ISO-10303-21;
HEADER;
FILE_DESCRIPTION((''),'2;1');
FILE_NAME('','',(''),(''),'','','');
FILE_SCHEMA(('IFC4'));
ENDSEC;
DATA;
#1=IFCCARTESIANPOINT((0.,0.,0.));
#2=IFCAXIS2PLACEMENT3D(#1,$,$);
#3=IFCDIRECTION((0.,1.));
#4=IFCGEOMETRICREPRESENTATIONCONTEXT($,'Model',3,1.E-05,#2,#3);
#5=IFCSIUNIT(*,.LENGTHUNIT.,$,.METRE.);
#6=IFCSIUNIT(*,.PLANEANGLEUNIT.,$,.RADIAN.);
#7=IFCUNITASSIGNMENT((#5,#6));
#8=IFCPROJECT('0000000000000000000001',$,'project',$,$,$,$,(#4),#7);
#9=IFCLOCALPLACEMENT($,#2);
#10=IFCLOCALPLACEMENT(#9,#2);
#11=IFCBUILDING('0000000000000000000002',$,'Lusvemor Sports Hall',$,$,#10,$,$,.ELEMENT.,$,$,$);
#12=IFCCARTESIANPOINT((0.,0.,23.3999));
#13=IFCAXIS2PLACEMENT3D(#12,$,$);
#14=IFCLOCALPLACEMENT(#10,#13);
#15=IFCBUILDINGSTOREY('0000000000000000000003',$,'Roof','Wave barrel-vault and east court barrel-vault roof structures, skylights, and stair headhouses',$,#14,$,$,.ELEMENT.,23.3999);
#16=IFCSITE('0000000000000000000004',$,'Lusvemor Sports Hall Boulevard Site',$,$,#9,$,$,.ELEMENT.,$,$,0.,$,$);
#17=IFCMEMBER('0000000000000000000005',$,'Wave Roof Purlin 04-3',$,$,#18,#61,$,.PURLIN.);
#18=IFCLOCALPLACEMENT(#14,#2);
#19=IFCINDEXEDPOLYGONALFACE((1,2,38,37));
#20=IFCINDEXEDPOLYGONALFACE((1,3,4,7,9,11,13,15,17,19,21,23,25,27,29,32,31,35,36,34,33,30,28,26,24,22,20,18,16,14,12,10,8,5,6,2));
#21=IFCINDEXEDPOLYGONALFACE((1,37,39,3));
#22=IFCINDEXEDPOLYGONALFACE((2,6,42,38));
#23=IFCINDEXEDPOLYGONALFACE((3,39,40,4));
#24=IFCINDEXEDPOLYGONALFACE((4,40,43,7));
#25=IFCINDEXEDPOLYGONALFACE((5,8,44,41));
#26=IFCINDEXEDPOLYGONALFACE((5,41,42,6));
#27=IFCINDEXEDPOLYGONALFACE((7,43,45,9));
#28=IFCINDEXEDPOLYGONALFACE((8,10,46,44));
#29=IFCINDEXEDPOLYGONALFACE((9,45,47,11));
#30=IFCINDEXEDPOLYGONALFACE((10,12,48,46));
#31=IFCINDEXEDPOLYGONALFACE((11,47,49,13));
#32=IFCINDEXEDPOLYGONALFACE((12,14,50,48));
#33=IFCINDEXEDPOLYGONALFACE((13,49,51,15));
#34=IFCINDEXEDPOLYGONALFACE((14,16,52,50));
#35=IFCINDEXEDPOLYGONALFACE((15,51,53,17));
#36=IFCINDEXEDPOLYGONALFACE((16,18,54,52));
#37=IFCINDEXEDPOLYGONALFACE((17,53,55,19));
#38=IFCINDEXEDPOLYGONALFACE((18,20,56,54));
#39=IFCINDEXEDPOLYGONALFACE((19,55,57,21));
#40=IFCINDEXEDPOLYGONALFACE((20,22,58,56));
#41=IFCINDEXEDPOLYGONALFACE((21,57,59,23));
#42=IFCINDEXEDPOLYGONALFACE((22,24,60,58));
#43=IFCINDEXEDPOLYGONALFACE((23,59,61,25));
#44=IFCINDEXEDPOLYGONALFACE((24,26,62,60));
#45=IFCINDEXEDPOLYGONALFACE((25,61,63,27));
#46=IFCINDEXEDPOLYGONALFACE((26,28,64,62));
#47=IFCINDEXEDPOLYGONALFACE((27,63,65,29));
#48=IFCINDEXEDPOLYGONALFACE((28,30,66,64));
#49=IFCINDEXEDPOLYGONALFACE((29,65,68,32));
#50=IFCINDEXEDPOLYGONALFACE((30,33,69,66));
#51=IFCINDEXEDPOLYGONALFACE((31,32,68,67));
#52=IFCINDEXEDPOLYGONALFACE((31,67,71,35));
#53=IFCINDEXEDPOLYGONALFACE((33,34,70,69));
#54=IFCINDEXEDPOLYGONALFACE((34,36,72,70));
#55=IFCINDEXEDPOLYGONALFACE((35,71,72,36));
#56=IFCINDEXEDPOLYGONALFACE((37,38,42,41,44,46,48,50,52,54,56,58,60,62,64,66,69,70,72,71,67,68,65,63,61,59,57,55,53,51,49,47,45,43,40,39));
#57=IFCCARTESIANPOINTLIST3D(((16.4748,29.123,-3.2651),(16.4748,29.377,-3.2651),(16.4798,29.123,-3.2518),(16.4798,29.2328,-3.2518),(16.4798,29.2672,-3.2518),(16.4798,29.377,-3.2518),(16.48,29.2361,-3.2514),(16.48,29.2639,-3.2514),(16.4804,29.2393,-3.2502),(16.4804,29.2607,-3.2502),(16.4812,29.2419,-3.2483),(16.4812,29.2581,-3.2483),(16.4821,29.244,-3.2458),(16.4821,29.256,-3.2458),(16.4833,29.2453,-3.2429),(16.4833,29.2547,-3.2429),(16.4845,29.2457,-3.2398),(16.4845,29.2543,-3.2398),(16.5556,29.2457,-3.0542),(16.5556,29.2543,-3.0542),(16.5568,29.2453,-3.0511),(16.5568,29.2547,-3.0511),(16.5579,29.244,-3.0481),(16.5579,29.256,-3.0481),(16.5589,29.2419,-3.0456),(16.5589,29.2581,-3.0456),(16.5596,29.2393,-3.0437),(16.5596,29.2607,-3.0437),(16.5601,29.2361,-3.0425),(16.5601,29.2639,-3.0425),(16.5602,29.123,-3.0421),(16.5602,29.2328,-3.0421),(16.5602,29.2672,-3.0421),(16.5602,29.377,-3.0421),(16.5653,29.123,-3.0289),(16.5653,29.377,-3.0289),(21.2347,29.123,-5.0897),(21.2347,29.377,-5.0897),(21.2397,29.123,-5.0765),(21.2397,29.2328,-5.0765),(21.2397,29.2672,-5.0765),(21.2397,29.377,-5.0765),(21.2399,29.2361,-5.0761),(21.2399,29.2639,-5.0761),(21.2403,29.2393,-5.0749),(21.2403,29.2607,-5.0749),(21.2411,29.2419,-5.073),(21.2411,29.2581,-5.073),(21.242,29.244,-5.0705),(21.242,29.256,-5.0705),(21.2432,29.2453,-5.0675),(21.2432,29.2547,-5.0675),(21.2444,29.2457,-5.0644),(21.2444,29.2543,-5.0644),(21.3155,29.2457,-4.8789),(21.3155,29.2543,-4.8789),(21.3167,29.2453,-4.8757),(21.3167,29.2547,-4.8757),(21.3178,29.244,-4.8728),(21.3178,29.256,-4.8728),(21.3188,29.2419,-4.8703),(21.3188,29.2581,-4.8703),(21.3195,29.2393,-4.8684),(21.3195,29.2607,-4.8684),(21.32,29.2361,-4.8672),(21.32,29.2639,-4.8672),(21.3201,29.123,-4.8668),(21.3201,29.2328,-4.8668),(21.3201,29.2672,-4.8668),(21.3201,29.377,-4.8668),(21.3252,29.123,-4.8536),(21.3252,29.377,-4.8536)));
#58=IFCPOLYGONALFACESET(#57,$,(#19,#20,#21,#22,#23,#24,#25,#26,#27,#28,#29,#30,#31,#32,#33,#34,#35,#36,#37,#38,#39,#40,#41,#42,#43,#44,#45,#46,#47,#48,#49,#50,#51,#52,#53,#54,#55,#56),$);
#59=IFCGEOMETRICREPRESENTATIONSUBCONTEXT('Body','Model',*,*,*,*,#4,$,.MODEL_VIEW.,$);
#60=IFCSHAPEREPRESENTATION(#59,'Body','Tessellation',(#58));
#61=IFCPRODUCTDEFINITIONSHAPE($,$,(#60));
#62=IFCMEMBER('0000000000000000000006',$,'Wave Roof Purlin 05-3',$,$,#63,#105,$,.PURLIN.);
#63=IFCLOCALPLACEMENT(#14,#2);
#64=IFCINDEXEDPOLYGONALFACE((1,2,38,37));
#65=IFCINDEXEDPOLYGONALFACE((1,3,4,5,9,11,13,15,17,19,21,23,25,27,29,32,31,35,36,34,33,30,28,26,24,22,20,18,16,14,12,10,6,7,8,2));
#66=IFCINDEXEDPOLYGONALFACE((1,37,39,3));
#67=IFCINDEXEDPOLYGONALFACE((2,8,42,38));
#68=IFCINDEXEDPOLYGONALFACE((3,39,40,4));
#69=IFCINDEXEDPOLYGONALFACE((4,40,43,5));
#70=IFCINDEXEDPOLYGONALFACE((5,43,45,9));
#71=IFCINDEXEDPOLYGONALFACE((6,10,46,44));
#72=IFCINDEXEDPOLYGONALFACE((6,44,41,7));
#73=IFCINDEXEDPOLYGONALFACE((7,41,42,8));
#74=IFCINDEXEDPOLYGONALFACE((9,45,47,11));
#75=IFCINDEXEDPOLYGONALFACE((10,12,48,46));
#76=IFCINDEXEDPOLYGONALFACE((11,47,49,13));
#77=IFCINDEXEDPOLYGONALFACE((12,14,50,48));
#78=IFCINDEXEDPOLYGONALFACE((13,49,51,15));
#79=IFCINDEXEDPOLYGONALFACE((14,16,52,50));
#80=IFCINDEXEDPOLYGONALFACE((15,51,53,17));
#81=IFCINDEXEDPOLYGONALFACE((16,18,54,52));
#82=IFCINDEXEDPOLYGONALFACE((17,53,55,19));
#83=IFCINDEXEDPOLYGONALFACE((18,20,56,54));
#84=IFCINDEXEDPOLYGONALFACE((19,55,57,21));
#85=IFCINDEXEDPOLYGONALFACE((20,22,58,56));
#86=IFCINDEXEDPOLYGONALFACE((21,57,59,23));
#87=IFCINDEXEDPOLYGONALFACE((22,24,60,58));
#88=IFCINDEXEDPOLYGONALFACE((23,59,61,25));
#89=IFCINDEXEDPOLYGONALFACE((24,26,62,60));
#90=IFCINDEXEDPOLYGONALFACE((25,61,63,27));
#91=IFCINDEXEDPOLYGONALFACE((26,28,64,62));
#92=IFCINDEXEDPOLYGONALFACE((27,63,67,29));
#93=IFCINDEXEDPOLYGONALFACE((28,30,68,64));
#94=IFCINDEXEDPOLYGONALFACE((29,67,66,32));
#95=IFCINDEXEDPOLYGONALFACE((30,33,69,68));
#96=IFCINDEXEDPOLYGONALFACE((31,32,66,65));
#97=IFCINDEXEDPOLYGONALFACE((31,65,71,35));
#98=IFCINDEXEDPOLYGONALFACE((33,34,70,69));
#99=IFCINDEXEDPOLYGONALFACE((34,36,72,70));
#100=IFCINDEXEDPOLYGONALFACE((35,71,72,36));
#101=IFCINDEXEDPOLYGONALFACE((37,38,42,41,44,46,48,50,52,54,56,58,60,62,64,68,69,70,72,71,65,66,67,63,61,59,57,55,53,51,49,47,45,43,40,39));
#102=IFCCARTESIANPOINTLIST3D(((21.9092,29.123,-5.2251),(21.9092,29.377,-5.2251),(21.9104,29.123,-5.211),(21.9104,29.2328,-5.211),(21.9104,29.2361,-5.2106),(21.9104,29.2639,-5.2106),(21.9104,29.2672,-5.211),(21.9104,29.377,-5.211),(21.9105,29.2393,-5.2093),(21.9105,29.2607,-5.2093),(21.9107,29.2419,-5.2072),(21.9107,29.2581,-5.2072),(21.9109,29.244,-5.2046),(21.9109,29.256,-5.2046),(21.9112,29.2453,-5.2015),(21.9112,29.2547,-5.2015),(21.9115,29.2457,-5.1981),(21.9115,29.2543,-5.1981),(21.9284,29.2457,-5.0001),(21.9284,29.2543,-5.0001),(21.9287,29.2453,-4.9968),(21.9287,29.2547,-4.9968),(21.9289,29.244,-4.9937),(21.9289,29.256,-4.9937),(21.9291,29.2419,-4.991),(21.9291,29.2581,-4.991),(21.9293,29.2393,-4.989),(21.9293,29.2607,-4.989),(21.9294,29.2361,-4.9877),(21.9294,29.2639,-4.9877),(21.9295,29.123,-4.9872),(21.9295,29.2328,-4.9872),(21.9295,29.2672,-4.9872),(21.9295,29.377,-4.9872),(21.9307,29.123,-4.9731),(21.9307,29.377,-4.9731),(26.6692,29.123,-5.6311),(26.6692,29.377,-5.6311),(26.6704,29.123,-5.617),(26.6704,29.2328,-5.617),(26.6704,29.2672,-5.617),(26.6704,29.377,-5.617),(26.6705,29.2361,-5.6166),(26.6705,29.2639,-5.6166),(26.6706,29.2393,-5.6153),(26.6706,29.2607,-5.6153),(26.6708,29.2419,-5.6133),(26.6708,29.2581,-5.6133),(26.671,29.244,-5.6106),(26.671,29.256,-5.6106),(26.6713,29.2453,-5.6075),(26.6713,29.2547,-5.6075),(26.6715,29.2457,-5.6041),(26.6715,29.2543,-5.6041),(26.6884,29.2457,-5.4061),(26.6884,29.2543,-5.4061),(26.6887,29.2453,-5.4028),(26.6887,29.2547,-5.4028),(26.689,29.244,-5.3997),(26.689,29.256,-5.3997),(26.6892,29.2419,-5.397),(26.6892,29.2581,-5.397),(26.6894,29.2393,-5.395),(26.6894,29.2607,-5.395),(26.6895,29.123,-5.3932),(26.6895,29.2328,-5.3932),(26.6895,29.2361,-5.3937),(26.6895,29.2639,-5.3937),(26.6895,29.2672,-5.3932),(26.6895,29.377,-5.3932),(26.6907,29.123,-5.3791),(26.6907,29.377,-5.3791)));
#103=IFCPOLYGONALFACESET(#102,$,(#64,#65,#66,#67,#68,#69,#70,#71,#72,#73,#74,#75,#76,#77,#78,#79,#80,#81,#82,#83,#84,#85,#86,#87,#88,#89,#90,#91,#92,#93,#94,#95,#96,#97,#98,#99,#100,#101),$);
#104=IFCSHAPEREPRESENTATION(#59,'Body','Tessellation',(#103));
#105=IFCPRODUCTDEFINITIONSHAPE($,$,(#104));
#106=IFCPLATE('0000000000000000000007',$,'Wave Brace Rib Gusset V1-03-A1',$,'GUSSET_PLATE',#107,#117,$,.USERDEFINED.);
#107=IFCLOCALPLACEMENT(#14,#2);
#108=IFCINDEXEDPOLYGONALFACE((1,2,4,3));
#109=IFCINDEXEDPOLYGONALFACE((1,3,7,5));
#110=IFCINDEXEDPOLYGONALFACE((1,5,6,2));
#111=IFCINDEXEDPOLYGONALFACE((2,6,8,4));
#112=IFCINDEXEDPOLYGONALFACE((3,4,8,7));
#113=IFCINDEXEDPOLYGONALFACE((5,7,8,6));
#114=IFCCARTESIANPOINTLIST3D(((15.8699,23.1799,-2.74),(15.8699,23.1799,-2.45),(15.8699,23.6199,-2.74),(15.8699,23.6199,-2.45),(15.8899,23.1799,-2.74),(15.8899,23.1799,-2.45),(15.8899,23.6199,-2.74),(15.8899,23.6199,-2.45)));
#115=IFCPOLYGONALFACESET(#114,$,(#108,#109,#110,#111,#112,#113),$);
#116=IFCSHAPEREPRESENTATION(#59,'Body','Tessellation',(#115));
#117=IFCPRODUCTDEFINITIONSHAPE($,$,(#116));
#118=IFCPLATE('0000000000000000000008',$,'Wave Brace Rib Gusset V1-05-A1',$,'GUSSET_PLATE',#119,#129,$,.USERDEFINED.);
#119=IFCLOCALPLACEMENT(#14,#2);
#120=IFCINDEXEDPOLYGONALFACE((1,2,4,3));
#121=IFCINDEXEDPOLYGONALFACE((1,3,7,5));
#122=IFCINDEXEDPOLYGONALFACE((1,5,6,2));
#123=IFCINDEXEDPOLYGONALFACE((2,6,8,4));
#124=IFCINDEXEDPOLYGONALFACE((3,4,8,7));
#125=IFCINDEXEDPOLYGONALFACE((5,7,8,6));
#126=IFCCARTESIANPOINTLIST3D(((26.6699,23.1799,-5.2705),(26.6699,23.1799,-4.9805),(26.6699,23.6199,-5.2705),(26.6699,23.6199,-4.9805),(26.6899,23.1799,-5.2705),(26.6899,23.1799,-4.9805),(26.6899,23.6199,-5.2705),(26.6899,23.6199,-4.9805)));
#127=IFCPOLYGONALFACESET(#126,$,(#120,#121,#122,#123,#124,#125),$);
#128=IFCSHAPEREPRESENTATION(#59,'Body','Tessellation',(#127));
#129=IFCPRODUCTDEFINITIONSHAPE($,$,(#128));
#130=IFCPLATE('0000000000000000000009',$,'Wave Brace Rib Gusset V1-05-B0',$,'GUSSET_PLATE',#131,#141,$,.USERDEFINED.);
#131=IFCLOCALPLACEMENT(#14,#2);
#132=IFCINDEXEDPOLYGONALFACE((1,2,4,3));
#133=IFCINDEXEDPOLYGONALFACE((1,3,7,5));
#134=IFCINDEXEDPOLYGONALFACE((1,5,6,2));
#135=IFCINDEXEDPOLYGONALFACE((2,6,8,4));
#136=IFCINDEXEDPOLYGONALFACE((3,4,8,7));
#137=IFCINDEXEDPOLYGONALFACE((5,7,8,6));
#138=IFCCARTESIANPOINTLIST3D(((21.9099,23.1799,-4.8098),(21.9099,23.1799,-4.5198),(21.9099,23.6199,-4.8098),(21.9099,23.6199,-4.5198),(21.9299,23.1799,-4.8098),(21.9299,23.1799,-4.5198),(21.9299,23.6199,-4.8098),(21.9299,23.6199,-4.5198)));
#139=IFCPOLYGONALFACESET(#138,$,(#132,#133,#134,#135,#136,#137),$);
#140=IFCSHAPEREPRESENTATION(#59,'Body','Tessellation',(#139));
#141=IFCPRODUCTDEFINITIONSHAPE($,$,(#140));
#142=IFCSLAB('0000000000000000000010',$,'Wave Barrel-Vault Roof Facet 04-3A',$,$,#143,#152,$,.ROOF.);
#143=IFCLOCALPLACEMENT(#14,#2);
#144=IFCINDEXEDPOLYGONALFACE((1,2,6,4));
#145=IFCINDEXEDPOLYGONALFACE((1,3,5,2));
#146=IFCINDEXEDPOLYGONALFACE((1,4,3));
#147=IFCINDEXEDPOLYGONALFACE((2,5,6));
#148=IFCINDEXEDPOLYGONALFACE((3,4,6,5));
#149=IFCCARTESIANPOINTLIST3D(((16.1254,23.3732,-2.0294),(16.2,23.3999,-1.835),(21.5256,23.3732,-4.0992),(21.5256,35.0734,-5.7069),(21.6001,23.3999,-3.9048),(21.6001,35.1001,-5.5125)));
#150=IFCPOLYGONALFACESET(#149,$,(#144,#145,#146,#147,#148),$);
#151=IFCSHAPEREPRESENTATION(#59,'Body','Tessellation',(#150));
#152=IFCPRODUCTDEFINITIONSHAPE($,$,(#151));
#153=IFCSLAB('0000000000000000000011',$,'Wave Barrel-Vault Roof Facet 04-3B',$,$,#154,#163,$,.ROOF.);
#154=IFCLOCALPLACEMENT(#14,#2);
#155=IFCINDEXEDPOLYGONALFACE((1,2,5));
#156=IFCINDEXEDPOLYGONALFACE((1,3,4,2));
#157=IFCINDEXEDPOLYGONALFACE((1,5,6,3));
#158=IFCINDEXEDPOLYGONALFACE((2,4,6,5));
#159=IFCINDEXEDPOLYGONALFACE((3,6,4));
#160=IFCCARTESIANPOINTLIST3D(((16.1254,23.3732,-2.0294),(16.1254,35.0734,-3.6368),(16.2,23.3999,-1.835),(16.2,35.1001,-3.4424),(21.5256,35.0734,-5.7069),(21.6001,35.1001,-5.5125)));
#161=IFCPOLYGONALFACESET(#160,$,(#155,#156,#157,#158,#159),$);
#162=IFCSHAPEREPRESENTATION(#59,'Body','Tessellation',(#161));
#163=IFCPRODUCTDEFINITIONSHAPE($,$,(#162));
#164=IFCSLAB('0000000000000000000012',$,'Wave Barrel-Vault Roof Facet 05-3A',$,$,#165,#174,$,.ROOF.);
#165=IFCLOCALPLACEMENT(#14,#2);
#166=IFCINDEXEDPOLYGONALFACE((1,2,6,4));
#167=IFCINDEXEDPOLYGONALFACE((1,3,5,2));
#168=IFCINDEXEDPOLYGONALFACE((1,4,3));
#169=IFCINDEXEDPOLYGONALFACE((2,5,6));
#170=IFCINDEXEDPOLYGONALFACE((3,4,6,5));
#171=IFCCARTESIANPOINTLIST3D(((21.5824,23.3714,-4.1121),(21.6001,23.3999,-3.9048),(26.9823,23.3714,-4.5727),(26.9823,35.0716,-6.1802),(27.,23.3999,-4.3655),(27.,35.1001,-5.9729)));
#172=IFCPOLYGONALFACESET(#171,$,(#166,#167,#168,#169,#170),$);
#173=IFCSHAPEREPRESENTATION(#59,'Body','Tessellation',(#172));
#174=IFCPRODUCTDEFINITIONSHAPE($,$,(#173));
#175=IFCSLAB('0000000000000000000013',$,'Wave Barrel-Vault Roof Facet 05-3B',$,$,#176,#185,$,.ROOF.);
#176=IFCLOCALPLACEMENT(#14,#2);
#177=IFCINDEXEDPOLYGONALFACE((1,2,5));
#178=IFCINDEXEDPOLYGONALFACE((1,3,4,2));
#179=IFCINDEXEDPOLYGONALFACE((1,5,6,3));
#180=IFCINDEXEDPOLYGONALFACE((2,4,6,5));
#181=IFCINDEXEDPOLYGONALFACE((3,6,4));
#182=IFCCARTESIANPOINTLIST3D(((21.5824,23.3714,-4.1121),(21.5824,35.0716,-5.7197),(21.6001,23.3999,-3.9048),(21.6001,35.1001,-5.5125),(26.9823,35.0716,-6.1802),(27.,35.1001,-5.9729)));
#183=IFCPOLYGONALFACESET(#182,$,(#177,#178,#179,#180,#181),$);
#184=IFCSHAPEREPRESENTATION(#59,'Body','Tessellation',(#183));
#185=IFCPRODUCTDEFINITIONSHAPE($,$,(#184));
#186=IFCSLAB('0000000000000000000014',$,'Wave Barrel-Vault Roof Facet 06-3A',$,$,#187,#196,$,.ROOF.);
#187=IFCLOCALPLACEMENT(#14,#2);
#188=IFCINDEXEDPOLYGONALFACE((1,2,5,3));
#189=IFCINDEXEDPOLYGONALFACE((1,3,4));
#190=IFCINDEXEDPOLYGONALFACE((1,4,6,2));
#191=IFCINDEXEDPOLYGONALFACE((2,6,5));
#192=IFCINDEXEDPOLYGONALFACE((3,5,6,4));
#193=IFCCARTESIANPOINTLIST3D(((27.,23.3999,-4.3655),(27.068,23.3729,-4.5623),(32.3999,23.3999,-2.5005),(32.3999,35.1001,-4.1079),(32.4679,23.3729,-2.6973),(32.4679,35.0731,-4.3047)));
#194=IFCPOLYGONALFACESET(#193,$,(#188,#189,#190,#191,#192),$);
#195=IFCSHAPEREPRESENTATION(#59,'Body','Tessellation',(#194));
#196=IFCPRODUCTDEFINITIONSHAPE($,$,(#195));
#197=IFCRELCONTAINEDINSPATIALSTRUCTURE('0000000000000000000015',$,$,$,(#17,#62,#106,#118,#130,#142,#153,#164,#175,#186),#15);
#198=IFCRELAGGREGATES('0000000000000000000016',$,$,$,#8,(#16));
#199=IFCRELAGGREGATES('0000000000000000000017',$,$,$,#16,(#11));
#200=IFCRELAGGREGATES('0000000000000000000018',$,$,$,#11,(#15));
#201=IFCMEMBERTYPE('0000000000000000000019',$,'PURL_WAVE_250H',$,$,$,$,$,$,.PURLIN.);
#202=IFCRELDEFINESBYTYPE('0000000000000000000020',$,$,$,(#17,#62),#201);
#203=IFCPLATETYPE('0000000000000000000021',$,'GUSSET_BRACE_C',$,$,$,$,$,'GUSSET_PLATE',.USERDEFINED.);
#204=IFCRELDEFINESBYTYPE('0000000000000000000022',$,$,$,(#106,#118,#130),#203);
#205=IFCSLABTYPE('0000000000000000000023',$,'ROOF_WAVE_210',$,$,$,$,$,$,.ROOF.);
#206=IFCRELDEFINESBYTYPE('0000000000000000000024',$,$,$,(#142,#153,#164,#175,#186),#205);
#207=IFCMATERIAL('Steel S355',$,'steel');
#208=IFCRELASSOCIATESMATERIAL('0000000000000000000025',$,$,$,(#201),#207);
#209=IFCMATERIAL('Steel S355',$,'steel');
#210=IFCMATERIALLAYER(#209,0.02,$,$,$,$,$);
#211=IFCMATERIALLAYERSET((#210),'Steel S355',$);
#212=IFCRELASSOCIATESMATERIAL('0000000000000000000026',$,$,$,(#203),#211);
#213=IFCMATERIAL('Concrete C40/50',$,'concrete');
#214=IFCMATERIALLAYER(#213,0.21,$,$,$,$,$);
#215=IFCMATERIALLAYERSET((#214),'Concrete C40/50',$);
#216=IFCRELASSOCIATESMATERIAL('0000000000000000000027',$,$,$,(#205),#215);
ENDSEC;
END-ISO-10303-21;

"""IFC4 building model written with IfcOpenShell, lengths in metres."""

from ifc_helpers import new_model, si_unit, direction, frame, origin, origin_2d, place, context, subcontext, project, spatial, polyline, rectangle, i_section, outline, extrude, material, layer, layer_set, material_profile, profile_set, type_object, element, save


model = new_model("IFC4")

# Units and contexts
model_context = context("Model", 3, precision=1e-05, world=origin(), true_north=direction((0.0, 1.0)))
body_context = subcontext(model_context, "Body", "Model", "MODEL_VIEW")
ifc_project = project(units=[si_unit("LENGTHUNIT", "METRE"), si_unit("PLANEANGLEUNIT", "RADIAN")], contexts=[model_context])

# Site, building, storey
site_placement = place(None, origin())
site = spatial("IfcSite", under=ifc_project, at=site_placement, Name="Lusvemor Sports Hall Boulevard Site", CompositionType="ELEMENT", RefElevation=0.0)
building_placement = place(site_placement, origin())
building = spatial("IfcBuilding", under=site, at=building_placement, Name="Lusvemor Sports Hall", CompositionType="ELEMENT")
storey_placement = place(building_placement, frame((0.0, 0.0, 23.3999)))
storey = spatial("IfcBuildingStorey", under=building, at=storey_placement, Name="Roof", Description="Wave barrel-vault and east court barrel-vault roof structures, skylights, and stair headhouses", CompositionType="ELEMENT", Elevation=23.3999)

# Members
ifc_material_1 = material(Name="Steel S355", Category="steel")
ifc_material_profile_1 = material_profile(ifc_material_1, i_section(OverallWidth=0.2539, OverallDepth=0.2529, WebThickness=0.0085, FlangeThickness=0.0142, FilletRadius=0.0129, at=origin_2d()), Name="W250x73.0")
ifc_profile_set_1 = profile_set([ifc_material_profile_1], Name="Steel S355")
member_type_1 = type_object("IfcMemberType", Name="PURL_WAVE_250H", PredefinedType="PURLIN", material=ifc_profile_set_1)
member_1_placement = place(storey_placement, frame((16.52, 29.25, -3.147), z_axis=(0.933744, 0.0, -0.357942), x_axis=(0.0, 1.0, 0.0)))
element("IfcMember", 1, at=member_1_placement, inside=storey, type_object=member_type_1, Name="Wave Roof Purlin 04-3", PredefinedType="PURLIN", context=body_context, shape_type="SweptSolid", body=[
    extrude(i_section(OverallWidth=0.2539, OverallDepth=0.2529, WebThickness=0.0085, FlangeThickness=0.0142, FilletRadius=0.0129, at=origin_2d()), origin(), (0.0, 0.0, 1.0), 5.0977),
])
member_2_placement = place(storey_placement, frame((21.9199, 29.25, -5.0991), z_axis=(0.996382, 0.0, -0.084987), x_axis=(0.0, 1.0, 0.0)))
element("IfcMember", 2, at=member_2_placement, inside=storey, type_object=member_type_1, Name="Wave Roof Purlin 05-3", PredefinedType="PURLIN", context=body_context, shape_type="SweptSolid", body=[
    extrude(i_section(OverallWidth=0.2539, OverallDepth=0.2529, WebThickness=0.0085, FlangeThickness=0.0142, FilletRadius=0.0129, at=origin_2d()), origin(), (0.0, 0.0, 1.0), 4.7773),
])

# Plates
ifc_material_2 = material(Name="Steel S355", Category="steel")
ifc_layer_1 = layer(ifc_material_2, 0.02)
ifc_layer_set_1 = layer_set([ifc_layer_1], Name="Steel S355")
plate_type = type_object("IfcPlateType", Name="GUSSET_BRACE_C", ElementType="GUSSET_PLATE", PredefinedType="USERDEFINED", material=ifc_layer_set_1)
for number, where, z_axis, x_axis, name in (
    (3, (15.8799, 23.3999, -2.74), (0.0, 0.0, 1.0), (1.0, 0.0, 0.0), "Wave Brace Rib Gusset V1-03-A1"),
    (4, (26.6799, 23.3999, -5.2705), (0.0, 0.0, 1.0), (1.0, 0.0, 0.0), "Wave Brace Rib Gusset V1-05-A1"),
    (5, (21.9199, 23.3999, -4.8098), (0.0, 0.0, 1.0), (1.0, 0.0, 0.0), "Wave Brace Rib Gusset V1-05-B0"),
):
    element("IfcPlate", number, at=place(storey_placement, frame(where, z_axis=z_axis, x_axis=x_axis)), inside=storey, type_object=plate_type, Name=name, ObjectType="GUSSET_PLATE", PredefinedType="USERDEFINED", context=body_context, shape_type="SweptSolid", body=[
        extrude(rectangle(XDim=0.02, YDim=0.4399, at=origin_2d()), origin(), (0.0, 0.0, 1.0), 0.29),
    ])

# Slabs
ifc_material_3 = material(Name="Concrete C40/50", Category="concrete")
ifc_layer_2 = layer(ifc_material_3, 0.21)
ifc_layer_set_2 = layer_set([ifc_layer_2], Name="Concrete C40/50")
slab_type_1 = type_object("IfcSlabType", Name="ROOF_WAVE_210", PredefinedType="ROOF", material=ifc_layer_set_2)
slab_1_placement = place(storey_placement, frame((16.2, 23.3999, -1.835), z_axis=(0.354991, 0.12726, 0.926167), x_axis=(0.93376, 0.0, -0.357901)))
element("IfcSlab", 6, at=slab_1_placement, inside=storey, type_object=slab_type_1, Name="Wave Barrel-Vault Roof Facet 04-3A", PredefinedType="ROOF", context=body_context, shape_type="SweptSolid", body=[
    extrude(outline(polyline([(0.0, 0.0), (5.7832, 0.0), (6.3586, 11.7961), (0.0, 0.0)])), origin(), (0.0, 0.0, -1.0), 0.21),
])
slab_2_placement = place(storey_placement, frame((16.2, 23.3999, -1.835), z_axis=(0.355029, 0.127239, 0.926156), x_axis=(0.402973, 0.8731, -0.274424)))
element("IfcSlab", 7, at=slab_2_placement, inside=storey, type_object=slab_type_1, Name="Wave Barrel-Vault Roof Facet 04-3B", PredefinedType="ROOF", context=body_context, shape_type="SweptSolid", body=[
    extrude(outline(polyline([(0.0, 0.0), (13.4007, 0.0), (10.6566, 5.0908), (0.0, 0.0)])), origin(), (0.0, 0.0, -1.0), 0.21),
])
slab_3_placement = place(storey_placement, frame((21.6001, 23.3999, -3.9048), z_axis=(0.084221, 0.135622, 0.987174), x_axis=(0.99638, 0.0, -0.085006)))
element("IfcSlab", 8, at=slab_3_placement, inside=storey, type_object=slab_type_1, Name="Wave Barrel-Vault Roof Facet 05-3A", PredefinedType="ROOF", context=body_context, shape_type="SweptSolid", body=[
    extrude(outline(polyline([(0.0, 0.0), (5.4195, 0.0), (5.5562, 11.8093), (0.0, 0.0)])), origin(), (0.0, 0.0, -1.0), 0.21),
])
slab_4_placement = place(storey_placement, frame((21.6001, 23.3999, -3.9048), z_axis=(0.084176, 0.135643, 0.987175), x_axis=(0.413751, 0.896493, -0.158463)))
element("IfcSlab", 9, at=slab_4_placement, inside=storey, type_object=slab_type_1, Name="Wave Barrel-Vault Roof Facet 05-3B", PredefinedType="ROOF", context=body_context, shape_type="SweptSolid", body=[
    extrude(outline(polyline([(0.0, 0.0), (13.0511, 0.0), (10.7439, 4.9039), (0.0, 0.0)])), origin(), (0.0, 0.0, -1.0), 0.21),
])
slab_5_placement = place(storey_placement, frame((27.0, 23.3999, -4.3655), z_axis=(-0.323735, 0.128776, 0.937343), x_axis=(0.945213, 0.0, 0.326453)))
element("IfcSlab", 10, at=slab_5_placement, inside=storey, type_object=slab_type_1, Name="Wave Barrel-Vault Roof Facet 06-3A", PredefinedType="ROOF", context=body_context, shape_type="SweptSolid", body=[
    extrude(outline(polyline([(0.0, 0.0), (5.7129, 0.0), (5.1881, 11.7984), (0.0, 0.0)])), origin(), (0.0, 0.0, -1.0), 0.21),
])

save(model, "model.ifc")
